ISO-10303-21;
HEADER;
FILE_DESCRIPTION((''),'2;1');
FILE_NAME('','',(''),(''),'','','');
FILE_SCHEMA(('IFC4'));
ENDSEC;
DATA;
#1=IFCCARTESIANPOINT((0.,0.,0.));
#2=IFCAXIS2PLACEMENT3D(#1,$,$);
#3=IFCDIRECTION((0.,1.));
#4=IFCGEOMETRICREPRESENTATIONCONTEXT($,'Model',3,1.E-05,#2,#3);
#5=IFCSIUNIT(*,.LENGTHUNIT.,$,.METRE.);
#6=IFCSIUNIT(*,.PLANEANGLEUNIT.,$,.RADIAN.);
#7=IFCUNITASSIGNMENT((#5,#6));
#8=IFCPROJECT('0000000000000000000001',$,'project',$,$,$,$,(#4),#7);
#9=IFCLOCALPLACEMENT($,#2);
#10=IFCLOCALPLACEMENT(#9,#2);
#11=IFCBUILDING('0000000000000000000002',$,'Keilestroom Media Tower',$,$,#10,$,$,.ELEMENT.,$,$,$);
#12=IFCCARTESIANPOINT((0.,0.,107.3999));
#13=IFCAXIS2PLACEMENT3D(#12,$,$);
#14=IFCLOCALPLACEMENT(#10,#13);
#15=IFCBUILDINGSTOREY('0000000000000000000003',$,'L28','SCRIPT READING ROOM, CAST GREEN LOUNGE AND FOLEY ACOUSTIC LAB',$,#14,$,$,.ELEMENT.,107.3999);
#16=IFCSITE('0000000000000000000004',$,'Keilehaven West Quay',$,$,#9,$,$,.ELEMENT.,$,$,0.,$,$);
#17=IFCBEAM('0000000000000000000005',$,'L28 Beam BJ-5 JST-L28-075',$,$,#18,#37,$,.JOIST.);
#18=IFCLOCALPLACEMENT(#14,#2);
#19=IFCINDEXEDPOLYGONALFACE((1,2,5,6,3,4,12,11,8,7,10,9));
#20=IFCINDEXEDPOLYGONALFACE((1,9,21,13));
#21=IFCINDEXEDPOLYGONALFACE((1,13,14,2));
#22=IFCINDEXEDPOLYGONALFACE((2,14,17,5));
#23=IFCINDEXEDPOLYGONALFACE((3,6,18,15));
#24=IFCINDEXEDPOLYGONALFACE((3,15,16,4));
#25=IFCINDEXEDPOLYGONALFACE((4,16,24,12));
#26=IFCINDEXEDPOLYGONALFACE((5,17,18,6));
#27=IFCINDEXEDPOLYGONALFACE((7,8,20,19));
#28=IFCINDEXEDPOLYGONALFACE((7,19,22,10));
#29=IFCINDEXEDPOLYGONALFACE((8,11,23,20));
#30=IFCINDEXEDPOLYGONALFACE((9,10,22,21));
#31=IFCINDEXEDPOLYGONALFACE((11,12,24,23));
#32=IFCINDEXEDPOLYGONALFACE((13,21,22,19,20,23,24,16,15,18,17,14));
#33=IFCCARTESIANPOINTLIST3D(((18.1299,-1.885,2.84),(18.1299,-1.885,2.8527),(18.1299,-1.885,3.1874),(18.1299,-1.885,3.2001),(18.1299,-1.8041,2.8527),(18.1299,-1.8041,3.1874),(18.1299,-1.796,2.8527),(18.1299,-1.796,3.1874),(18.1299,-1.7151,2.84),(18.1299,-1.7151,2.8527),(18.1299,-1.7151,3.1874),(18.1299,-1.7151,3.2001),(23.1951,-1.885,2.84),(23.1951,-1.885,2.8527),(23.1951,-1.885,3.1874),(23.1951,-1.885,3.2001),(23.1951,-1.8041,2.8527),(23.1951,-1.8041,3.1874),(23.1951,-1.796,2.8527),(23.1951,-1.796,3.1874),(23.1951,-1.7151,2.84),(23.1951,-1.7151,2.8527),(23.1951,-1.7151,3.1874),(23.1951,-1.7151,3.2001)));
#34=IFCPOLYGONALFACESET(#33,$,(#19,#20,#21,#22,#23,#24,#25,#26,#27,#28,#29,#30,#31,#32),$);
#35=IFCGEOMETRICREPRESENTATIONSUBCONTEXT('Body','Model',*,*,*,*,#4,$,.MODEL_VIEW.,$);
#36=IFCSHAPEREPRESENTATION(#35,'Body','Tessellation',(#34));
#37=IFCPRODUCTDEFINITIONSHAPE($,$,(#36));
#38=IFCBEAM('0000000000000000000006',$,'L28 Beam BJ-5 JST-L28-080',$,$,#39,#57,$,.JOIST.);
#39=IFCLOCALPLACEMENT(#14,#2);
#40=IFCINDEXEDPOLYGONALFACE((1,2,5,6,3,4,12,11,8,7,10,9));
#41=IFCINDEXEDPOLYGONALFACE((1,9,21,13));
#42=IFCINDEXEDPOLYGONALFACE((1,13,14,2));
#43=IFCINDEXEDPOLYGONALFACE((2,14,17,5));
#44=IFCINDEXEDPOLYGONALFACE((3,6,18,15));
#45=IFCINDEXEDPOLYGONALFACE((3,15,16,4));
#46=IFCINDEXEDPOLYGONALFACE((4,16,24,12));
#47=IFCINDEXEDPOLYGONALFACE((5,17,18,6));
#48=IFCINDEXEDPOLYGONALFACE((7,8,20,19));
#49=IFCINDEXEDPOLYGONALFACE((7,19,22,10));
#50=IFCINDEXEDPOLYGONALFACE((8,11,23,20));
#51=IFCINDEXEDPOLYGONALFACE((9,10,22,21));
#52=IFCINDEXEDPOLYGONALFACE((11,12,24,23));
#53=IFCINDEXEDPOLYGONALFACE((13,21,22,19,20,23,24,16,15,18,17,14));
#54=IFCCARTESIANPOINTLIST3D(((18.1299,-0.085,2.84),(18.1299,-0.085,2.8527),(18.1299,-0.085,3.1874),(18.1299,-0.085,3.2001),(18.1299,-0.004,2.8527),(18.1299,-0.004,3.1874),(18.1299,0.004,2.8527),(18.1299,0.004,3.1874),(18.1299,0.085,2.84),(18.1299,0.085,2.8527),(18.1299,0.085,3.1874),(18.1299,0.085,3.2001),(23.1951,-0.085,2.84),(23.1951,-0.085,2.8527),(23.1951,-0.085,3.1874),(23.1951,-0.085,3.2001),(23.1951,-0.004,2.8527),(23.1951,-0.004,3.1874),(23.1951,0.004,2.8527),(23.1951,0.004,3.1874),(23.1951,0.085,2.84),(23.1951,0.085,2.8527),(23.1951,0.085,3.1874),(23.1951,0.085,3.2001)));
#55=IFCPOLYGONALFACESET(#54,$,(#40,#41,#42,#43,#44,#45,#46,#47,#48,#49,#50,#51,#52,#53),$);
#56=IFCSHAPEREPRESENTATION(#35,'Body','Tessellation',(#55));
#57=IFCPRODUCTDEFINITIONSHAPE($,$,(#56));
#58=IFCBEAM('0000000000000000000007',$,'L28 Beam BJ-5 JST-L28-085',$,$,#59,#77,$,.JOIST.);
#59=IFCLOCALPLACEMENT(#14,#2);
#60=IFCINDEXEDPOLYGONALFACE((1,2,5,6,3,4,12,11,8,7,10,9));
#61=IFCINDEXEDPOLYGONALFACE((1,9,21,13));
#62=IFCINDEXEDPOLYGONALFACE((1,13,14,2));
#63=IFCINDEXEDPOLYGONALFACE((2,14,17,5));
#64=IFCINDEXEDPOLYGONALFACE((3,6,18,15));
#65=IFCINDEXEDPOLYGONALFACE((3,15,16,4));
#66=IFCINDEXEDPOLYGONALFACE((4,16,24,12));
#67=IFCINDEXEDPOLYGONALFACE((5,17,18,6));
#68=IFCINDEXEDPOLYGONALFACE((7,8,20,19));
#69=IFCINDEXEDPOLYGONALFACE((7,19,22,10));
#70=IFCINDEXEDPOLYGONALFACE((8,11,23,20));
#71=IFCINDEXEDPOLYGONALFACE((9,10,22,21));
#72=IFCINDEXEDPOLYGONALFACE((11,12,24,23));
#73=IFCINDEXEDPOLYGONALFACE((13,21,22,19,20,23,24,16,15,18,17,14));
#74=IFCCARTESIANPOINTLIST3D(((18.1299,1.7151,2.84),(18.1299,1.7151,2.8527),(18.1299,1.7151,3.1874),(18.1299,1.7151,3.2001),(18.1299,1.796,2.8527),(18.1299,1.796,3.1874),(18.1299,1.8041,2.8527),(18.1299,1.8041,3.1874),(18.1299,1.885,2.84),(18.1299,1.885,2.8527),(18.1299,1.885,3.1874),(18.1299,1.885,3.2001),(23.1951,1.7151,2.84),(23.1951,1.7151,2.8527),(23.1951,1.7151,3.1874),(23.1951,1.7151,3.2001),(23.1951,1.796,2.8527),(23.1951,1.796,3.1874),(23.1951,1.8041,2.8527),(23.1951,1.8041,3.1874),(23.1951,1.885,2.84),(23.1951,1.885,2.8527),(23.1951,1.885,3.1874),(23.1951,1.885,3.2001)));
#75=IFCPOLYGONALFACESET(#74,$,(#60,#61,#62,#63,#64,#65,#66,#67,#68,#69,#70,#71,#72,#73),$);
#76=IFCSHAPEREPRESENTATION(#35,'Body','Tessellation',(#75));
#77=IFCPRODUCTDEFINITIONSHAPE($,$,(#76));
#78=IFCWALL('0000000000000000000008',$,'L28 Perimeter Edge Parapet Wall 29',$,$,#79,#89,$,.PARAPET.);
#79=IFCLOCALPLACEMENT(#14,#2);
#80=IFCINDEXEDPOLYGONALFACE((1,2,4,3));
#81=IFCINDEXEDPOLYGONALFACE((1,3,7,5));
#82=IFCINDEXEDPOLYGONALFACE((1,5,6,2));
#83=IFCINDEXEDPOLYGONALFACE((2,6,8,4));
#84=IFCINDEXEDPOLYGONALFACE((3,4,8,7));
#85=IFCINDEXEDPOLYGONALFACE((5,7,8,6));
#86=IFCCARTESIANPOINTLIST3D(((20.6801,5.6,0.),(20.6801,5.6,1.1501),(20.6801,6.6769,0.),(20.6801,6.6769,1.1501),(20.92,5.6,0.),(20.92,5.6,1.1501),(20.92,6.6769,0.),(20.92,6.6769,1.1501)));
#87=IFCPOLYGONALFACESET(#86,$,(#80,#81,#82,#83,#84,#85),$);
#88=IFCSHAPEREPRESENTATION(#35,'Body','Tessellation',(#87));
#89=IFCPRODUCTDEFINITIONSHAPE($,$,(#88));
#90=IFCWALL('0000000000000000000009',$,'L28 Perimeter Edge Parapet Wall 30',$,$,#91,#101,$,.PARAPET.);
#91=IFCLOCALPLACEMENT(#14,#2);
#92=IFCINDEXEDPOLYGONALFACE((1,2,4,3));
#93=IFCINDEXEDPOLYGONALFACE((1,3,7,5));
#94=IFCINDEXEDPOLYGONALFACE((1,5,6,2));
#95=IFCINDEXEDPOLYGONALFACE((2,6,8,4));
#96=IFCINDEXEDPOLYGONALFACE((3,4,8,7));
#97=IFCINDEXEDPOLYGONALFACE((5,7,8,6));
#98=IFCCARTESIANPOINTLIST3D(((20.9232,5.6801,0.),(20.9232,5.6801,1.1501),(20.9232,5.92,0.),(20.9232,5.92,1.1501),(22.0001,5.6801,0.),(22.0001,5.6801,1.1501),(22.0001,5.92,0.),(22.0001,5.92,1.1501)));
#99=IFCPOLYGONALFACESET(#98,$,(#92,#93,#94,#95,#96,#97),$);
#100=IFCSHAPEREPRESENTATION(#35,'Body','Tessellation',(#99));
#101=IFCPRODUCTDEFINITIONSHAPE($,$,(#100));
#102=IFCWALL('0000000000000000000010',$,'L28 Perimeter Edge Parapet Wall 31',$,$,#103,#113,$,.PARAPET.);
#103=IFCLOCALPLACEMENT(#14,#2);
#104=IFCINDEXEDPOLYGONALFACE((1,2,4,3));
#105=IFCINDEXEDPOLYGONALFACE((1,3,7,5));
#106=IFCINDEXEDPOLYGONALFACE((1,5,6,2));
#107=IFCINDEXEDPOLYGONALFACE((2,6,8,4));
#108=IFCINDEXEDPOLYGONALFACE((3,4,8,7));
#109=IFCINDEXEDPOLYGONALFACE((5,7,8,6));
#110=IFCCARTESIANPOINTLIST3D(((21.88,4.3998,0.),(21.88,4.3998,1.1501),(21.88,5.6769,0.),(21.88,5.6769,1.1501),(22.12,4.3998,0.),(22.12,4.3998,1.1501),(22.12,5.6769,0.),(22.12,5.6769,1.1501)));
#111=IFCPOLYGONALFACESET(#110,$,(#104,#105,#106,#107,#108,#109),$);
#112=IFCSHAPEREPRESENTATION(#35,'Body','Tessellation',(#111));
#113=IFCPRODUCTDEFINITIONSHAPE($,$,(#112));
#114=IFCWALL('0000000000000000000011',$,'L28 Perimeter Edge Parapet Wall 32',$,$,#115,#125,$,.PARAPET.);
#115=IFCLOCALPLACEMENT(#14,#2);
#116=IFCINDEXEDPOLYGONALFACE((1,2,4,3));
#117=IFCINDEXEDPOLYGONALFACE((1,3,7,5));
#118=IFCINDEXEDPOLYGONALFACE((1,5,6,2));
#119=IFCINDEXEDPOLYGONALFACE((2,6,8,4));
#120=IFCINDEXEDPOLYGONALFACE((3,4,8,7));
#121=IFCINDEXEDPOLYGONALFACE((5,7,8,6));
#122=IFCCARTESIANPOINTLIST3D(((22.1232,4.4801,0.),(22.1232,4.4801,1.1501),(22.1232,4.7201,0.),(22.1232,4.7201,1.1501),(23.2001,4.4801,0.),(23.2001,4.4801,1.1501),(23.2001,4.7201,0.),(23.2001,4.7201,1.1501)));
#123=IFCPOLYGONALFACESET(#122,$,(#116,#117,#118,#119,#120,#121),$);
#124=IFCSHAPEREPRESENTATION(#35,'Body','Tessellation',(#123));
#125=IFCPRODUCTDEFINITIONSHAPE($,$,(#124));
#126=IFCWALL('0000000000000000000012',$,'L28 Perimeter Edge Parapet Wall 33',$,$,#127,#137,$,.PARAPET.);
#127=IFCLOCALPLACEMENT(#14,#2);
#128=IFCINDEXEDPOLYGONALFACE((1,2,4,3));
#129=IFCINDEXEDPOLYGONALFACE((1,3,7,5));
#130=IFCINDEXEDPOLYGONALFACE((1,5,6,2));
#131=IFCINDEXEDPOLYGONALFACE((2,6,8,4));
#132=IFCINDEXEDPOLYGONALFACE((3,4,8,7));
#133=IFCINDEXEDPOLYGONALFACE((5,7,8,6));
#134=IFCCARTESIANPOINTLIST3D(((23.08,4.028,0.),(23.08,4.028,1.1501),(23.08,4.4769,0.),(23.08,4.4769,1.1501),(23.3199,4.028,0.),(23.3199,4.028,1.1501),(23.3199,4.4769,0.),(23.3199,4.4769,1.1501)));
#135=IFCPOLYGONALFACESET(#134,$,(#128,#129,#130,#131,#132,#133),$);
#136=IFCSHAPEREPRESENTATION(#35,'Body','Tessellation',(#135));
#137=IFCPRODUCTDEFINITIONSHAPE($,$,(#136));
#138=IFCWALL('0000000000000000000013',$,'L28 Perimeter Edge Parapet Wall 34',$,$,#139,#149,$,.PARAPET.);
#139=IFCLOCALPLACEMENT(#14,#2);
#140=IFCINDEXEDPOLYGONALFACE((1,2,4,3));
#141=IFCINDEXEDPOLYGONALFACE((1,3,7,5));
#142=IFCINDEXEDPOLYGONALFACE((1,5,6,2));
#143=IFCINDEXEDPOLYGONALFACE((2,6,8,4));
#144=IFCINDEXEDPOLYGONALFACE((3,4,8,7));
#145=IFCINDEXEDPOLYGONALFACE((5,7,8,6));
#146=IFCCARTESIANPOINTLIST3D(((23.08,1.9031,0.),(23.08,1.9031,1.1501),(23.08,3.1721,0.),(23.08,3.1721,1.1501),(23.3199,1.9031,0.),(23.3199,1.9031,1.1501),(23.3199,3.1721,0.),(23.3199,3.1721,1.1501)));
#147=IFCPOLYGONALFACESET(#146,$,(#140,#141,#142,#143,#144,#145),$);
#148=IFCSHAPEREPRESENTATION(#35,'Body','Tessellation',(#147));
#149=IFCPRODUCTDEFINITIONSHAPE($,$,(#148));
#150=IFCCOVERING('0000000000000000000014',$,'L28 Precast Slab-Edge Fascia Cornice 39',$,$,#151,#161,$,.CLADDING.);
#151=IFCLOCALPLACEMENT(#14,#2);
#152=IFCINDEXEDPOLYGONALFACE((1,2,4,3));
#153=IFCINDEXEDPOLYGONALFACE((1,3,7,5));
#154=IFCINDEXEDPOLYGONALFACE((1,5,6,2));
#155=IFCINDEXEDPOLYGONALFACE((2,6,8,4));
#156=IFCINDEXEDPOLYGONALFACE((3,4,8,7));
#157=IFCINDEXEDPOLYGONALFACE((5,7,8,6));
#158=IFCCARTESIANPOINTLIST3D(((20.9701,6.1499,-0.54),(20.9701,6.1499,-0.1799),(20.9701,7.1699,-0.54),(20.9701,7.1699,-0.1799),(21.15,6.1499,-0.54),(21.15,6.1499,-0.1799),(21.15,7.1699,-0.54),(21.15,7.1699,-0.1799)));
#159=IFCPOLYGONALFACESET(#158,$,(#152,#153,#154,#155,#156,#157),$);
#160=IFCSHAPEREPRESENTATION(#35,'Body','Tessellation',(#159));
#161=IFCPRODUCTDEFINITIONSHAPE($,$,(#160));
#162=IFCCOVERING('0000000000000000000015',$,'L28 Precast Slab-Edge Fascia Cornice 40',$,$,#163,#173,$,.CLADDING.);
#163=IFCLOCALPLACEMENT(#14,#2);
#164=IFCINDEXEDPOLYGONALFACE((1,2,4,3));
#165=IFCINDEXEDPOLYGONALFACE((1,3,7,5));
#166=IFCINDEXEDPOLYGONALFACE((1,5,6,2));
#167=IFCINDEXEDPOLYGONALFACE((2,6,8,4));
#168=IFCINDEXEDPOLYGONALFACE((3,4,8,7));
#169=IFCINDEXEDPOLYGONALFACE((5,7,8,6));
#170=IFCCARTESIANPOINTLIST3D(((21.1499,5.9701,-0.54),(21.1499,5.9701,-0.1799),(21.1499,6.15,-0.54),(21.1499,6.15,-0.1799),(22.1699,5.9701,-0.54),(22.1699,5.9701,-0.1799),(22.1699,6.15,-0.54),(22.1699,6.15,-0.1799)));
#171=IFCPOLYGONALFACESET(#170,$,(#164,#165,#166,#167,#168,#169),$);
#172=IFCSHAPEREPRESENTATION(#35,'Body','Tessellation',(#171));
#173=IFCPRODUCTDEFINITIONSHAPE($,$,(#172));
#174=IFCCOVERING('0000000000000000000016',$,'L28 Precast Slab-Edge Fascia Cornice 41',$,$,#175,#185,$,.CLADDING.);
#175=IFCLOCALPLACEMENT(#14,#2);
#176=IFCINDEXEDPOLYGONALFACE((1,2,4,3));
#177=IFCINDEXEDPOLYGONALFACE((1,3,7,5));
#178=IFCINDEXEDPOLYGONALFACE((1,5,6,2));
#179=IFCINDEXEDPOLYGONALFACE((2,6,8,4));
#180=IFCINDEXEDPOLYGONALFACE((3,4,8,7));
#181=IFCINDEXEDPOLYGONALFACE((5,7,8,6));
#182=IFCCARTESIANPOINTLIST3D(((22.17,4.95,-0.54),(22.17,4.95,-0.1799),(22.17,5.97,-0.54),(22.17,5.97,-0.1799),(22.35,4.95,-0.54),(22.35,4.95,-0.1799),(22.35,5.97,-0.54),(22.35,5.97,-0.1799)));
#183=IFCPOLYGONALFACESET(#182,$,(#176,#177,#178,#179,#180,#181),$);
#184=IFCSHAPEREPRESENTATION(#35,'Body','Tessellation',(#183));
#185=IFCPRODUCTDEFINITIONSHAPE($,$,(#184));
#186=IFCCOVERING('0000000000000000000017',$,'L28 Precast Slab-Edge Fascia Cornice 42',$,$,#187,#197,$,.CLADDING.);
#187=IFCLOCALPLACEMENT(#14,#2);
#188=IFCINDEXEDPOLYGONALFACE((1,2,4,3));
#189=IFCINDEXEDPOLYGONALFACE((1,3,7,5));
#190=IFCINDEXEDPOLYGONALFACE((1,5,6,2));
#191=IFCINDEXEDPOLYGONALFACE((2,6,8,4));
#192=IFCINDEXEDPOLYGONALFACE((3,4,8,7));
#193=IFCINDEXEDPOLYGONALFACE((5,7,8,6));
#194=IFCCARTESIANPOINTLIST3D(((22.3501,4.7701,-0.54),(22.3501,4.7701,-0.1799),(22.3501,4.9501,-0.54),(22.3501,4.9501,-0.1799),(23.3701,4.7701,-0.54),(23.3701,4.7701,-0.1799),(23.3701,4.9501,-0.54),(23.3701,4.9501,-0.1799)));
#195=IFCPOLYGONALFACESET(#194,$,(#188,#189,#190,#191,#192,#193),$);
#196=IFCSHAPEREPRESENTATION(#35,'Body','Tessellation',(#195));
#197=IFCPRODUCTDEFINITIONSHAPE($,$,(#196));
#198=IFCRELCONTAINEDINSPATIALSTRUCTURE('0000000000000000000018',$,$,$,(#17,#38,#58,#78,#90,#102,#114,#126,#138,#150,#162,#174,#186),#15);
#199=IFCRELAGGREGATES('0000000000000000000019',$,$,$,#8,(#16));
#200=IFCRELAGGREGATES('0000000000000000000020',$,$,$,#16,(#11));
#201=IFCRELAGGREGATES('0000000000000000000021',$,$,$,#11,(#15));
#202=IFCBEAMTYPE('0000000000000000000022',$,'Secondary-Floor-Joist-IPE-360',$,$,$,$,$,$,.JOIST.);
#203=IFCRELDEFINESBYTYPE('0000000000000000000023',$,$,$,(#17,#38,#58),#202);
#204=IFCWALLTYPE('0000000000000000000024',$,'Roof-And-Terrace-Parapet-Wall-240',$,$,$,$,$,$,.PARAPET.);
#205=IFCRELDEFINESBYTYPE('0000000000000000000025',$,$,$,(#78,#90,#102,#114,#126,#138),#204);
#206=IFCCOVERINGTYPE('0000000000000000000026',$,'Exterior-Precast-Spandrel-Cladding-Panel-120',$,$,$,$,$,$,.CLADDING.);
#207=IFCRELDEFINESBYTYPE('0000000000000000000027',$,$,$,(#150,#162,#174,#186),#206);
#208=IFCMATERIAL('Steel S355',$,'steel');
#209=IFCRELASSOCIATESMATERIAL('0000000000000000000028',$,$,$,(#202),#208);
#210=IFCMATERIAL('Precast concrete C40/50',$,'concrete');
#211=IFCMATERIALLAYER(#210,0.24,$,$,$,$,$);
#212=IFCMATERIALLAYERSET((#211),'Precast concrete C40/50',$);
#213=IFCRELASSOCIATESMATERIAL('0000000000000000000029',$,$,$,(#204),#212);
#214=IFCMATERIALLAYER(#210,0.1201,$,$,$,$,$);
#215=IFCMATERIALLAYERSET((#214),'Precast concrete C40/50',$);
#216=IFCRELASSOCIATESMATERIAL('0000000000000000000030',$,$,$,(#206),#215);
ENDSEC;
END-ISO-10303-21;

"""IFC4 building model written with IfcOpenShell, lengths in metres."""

from ifc_helpers import new_model, si_unit, direction, frame, frame_2d, origin, origin_2d, place, context, subcontext, project, spatial, rectangle, i_section, extrude, source, transform, mapped, material, layer, layer_set, material_profile, profile_set, type_object, element, save


model = new_model("IFC4")

# Units and contexts
model_context = context("Model", 3, precision=1e-05, world=origin(), true_north=direction((0.0, 1.0)))
body_context = subcontext(model_context, "Body", "Model", "MODEL_VIEW")
ifc_project = project(units=[si_unit("LENGTHUNIT", "METRE"), si_unit("PLANEANGLEUNIT", "RADIAN")], contexts=[model_context])

# Site, building, storey
site_placement = place(None, origin())
site = spatial("IfcSite", under=ifc_project, at=site_placement, Name="Keilehaven West Quay", CompositionType="ELEMENT", RefElevation=0.0)
building_placement = place(site_placement, origin())
building = spatial("IfcBuilding", under=site, at=building_placement, Name="Keilestroom Media Tower", CompositionType="ELEMENT")
storey_placement = place(building_placement, frame((0.0, 0.0, 107.3999)))
storey = spatial("IfcBuildingStorey", under=building, at=storey_placement, Name="L28", Description="SCRIPT READING ROOM, CAST GREEN LOUNGE AND FOLEY ACOUSTIC LAB", CompositionType="ELEMENT", Elevation=107.3999)

# Shared definitions
ifc_material_1 = material(Name="Precast concrete C40/50", Category="concrete")
ifc_material_2 = material(Name="Steel S355", Category="steel")

# Beams
ifc_material_profile_1 = material_profile(ifc_material_2, i_section(OverallWidth=0.1699, OverallDepth=0.3601, WebThickness=0.0081, FlangeThickness=0.0127, at=origin_2d()), Name="IPE 360")
ifc_profile_set_1 = profile_set([ifc_material_profile_1], Name="Steel S355")
beam_type_1 = type_object("IfcBeamType", Name="Secondary-Floor-Joist-IPE-360", PredefinedType="JOIST", material=ifc_profile_set_1)
shared_shape_1 = source(origin(), body_context, "Body", "SweptSolid", [
    extrude(i_section(OverallWidth=0.1699, OverallDepth=0.3601, WebThickness=0.0081, FlangeThickness=0.0127, at=origin_2d()), origin(), (0.0, 0.0, 1.0), 5.0652),
])
for number, where, z_axis, x_axis, name in (
    (1, (18.1299, -1.8, 3.02), (1.0, 0.0, 0.0), (0.0, 1.0, 0.0), "L28 Beam BJ-5 JST-L28-075"),
    (2, (18.1299, 0.0, 3.02), (1.0, 0.0, 0.0), (0.0, 1.0, 0.0), "L28 Beam BJ-5 JST-L28-080"),
    (3, (18.1299, 1.8, 3.02), (1.0, 0.0, 0.0), (0.0, 1.0, 0.0), "L28 Beam BJ-5 JST-L28-085"),
):
    element("IfcBeam", number, at=place(storey_placement, frame(where, z_axis=z_axis, x_axis=x_axis)), inside=storey, type_object=beam_type_1, Name=name, PredefinedType="JOIST", context=body_context, shape_type="MappedRepresentation", body=[
        mapped(shared_shape_1, transform((0.0, 0.0, 0.0), x_axis=(1.0, 0.0, 0.0), y_axis=(0.0, 1.0, 0.0), z_axis=(0.0, 0.0, 1.0), scale=1.0)),
    ])

# Walls
ifc_layer_1 = layer(ifc_material_1, 0.24)
ifc_layer_set_1 = layer_set([ifc_layer_1], Name="Precast concrete C40/50")
wall_type = type_object("IfcWallType", Name="Roof-And-Terrace-Parapet-Wall-240", PredefinedType="PARAPET", material=ifc_layer_set_1)
for number, where, z_axis, x_axis, name in (
    (4, (20.8, 6.677, 0.0), (0.0, 0.0, 1.0), (0.0, -1.0, 0.0), "L28 Perimeter Edge Parapet Wall 29"),
    (5, (20.9231, 5.8, 0.0), (0.0, 0.0, 1.0), (1.0, 0.0, 0.0), "L28 Perimeter Edge Parapet Wall 30"),
):
    element("IfcWall", number, at=place(storey_placement, frame(where, z_axis=z_axis, x_axis=x_axis)), inside=storey, type_object=wall_type, Name=name, PredefinedType="PARAPET", context=body_context, shape_type="SweptSolid", body=[
        extrude(rectangle(XDim=1.0769, YDim=0.24, at=frame_2d((0.5386, 0.0))), origin(), (0.0, 0.0, 1.0), 1.1501),
    ])
wall_1_placement = place(storey_placement, frame((22.0, 5.677, 0.0), z_axis=(0.0, 0.0, 1.0), x_axis=(0.0, -1.0, 0.0)))
element("IfcWall", 6, at=wall_1_placement, inside=storey, type_object=wall_type, Name="L28 Perimeter Edge Parapet Wall 31", PredefinedType="PARAPET", context=body_context, shape_type="SweptSolid", body=[
    extrude(rectangle(XDim=1.2771, YDim=0.24, at=frame_2d((0.6387, 0.0))), origin(), (0.0, 0.0, 1.0), 1.1501),
])
wall_2_placement = place(storey_placement, frame((22.123, 4.6001, 0.0), z_axis=(0.0, 0.0, 1.0), x_axis=(1.0, 0.0, 0.0)))
element("IfcWall", 7, at=wall_2_placement, inside=storey, type_object=wall_type, Name="L28 Perimeter Edge Parapet Wall 32", PredefinedType="PARAPET", context=body_context, shape_type="SweptSolid", body=[
    extrude(rectangle(XDim=1.0769, YDim=0.24, at=frame_2d((0.5386, 0.0))), origin(), (0.0, 0.0, 1.0), 1.1501),
])
wall_3_placement = place(storey_placement, frame((23.2, 4.4771, 0.0), z_axis=(0.0, 0.0, 1.0), x_axis=(0.0, -1.0, 0.0)))
element("IfcWall", 8, at=wall_3_placement, inside=storey, type_object=wall_type, Name="L28 Perimeter Edge Parapet Wall 33", PredefinedType="PARAPET", context=body_context, shape_type="SweptSolid", body=[
    extrude(rectangle(XDim=0.449, YDim=0.24, at=frame_2d((0.2246, 0.0))), origin(), (0.0, 0.0, 1.0), 1.1501),
])
wall_4_placement = place(storey_placement, frame((23.2, 3.1721, 0.0), z_axis=(0.0, 0.0, 1.0), x_axis=(0.0, -1.0, 0.0)))
element("IfcWall", 9, at=wall_4_placement, inside=storey, type_object=wall_type, Name="L28 Perimeter Edge Parapet Wall 34", PredefinedType="PARAPET", context=body_context, shape_type="SweptSolid", body=[
    extrude(rectangle(XDim=1.269, YDim=0.24, at=frame_2d((0.6345, 0.0))), origin(), (0.0, 0.0, 1.0), 1.1501),
])

# Coverings
ifc_layer_2 = layer(ifc_material_1, 0.1201)
ifc_layer_set_2 = layer_set([ifc_layer_2], Name="Precast concrete C40/50")
covering_type = type_object("IfcCoveringType", Name="Exterior-Precast-Spandrel-Cladding-Panel-120", PredefinedType="CLADDING", material=ifc_layer_set_2)
shared_shape_2 = source(origin(), body_context, "Body", "SweptSolid", [
    extrude(rectangle(XDim=1.02, YDim=0.1799, at=origin_2d()), origin(), (0.0, 0.0, 1.0), 0.3601),
])
for number, where, z_axis, x_axis, name in (
    (10, (21.0601, 6.6599, -0.54), (0.0, 0.0, 1.0), (0.0, -1.0, 0.0), "L28 Precast Slab-Edge Fascia Cornice 39"),
    (11, (21.6599, 6.0601, -0.54), (0.0, 0.0, 1.0), (1.0, 0.0, 0.0), "L28 Precast Slab-Edge Fascia Cornice 40"),
    (12, (22.26, 5.46, -0.54), (0.0, 0.0, 1.0), (0.0, -1.0, 0.0), "L28 Precast Slab-Edge Fascia Cornice 41"),
    (13, (22.8601, 4.8601, -0.54), (0.0, 0.0, 1.0), (1.0, 0.0, 0.0), "L28 Precast Slab-Edge Fascia Cornice 42"),
):
    element("IfcCovering", number, at=place(storey_placement, frame(where, z_axis=z_axis, x_axis=x_axis)), inside=storey, type_object=covering_type, Name=name, PredefinedType="CLADDING", context=body_context, shape_type="MappedRepresentation", body=[
        mapped(shared_shape_2, transform((0.0, 0.0, 0.0), x_axis=(1.0, 0.0, 0.0), y_axis=(0.0, 1.0, 0.0), z_axis=(0.0, 0.0, 1.0), scale=1.0)),
    ])

save(model, "model.ifc")
